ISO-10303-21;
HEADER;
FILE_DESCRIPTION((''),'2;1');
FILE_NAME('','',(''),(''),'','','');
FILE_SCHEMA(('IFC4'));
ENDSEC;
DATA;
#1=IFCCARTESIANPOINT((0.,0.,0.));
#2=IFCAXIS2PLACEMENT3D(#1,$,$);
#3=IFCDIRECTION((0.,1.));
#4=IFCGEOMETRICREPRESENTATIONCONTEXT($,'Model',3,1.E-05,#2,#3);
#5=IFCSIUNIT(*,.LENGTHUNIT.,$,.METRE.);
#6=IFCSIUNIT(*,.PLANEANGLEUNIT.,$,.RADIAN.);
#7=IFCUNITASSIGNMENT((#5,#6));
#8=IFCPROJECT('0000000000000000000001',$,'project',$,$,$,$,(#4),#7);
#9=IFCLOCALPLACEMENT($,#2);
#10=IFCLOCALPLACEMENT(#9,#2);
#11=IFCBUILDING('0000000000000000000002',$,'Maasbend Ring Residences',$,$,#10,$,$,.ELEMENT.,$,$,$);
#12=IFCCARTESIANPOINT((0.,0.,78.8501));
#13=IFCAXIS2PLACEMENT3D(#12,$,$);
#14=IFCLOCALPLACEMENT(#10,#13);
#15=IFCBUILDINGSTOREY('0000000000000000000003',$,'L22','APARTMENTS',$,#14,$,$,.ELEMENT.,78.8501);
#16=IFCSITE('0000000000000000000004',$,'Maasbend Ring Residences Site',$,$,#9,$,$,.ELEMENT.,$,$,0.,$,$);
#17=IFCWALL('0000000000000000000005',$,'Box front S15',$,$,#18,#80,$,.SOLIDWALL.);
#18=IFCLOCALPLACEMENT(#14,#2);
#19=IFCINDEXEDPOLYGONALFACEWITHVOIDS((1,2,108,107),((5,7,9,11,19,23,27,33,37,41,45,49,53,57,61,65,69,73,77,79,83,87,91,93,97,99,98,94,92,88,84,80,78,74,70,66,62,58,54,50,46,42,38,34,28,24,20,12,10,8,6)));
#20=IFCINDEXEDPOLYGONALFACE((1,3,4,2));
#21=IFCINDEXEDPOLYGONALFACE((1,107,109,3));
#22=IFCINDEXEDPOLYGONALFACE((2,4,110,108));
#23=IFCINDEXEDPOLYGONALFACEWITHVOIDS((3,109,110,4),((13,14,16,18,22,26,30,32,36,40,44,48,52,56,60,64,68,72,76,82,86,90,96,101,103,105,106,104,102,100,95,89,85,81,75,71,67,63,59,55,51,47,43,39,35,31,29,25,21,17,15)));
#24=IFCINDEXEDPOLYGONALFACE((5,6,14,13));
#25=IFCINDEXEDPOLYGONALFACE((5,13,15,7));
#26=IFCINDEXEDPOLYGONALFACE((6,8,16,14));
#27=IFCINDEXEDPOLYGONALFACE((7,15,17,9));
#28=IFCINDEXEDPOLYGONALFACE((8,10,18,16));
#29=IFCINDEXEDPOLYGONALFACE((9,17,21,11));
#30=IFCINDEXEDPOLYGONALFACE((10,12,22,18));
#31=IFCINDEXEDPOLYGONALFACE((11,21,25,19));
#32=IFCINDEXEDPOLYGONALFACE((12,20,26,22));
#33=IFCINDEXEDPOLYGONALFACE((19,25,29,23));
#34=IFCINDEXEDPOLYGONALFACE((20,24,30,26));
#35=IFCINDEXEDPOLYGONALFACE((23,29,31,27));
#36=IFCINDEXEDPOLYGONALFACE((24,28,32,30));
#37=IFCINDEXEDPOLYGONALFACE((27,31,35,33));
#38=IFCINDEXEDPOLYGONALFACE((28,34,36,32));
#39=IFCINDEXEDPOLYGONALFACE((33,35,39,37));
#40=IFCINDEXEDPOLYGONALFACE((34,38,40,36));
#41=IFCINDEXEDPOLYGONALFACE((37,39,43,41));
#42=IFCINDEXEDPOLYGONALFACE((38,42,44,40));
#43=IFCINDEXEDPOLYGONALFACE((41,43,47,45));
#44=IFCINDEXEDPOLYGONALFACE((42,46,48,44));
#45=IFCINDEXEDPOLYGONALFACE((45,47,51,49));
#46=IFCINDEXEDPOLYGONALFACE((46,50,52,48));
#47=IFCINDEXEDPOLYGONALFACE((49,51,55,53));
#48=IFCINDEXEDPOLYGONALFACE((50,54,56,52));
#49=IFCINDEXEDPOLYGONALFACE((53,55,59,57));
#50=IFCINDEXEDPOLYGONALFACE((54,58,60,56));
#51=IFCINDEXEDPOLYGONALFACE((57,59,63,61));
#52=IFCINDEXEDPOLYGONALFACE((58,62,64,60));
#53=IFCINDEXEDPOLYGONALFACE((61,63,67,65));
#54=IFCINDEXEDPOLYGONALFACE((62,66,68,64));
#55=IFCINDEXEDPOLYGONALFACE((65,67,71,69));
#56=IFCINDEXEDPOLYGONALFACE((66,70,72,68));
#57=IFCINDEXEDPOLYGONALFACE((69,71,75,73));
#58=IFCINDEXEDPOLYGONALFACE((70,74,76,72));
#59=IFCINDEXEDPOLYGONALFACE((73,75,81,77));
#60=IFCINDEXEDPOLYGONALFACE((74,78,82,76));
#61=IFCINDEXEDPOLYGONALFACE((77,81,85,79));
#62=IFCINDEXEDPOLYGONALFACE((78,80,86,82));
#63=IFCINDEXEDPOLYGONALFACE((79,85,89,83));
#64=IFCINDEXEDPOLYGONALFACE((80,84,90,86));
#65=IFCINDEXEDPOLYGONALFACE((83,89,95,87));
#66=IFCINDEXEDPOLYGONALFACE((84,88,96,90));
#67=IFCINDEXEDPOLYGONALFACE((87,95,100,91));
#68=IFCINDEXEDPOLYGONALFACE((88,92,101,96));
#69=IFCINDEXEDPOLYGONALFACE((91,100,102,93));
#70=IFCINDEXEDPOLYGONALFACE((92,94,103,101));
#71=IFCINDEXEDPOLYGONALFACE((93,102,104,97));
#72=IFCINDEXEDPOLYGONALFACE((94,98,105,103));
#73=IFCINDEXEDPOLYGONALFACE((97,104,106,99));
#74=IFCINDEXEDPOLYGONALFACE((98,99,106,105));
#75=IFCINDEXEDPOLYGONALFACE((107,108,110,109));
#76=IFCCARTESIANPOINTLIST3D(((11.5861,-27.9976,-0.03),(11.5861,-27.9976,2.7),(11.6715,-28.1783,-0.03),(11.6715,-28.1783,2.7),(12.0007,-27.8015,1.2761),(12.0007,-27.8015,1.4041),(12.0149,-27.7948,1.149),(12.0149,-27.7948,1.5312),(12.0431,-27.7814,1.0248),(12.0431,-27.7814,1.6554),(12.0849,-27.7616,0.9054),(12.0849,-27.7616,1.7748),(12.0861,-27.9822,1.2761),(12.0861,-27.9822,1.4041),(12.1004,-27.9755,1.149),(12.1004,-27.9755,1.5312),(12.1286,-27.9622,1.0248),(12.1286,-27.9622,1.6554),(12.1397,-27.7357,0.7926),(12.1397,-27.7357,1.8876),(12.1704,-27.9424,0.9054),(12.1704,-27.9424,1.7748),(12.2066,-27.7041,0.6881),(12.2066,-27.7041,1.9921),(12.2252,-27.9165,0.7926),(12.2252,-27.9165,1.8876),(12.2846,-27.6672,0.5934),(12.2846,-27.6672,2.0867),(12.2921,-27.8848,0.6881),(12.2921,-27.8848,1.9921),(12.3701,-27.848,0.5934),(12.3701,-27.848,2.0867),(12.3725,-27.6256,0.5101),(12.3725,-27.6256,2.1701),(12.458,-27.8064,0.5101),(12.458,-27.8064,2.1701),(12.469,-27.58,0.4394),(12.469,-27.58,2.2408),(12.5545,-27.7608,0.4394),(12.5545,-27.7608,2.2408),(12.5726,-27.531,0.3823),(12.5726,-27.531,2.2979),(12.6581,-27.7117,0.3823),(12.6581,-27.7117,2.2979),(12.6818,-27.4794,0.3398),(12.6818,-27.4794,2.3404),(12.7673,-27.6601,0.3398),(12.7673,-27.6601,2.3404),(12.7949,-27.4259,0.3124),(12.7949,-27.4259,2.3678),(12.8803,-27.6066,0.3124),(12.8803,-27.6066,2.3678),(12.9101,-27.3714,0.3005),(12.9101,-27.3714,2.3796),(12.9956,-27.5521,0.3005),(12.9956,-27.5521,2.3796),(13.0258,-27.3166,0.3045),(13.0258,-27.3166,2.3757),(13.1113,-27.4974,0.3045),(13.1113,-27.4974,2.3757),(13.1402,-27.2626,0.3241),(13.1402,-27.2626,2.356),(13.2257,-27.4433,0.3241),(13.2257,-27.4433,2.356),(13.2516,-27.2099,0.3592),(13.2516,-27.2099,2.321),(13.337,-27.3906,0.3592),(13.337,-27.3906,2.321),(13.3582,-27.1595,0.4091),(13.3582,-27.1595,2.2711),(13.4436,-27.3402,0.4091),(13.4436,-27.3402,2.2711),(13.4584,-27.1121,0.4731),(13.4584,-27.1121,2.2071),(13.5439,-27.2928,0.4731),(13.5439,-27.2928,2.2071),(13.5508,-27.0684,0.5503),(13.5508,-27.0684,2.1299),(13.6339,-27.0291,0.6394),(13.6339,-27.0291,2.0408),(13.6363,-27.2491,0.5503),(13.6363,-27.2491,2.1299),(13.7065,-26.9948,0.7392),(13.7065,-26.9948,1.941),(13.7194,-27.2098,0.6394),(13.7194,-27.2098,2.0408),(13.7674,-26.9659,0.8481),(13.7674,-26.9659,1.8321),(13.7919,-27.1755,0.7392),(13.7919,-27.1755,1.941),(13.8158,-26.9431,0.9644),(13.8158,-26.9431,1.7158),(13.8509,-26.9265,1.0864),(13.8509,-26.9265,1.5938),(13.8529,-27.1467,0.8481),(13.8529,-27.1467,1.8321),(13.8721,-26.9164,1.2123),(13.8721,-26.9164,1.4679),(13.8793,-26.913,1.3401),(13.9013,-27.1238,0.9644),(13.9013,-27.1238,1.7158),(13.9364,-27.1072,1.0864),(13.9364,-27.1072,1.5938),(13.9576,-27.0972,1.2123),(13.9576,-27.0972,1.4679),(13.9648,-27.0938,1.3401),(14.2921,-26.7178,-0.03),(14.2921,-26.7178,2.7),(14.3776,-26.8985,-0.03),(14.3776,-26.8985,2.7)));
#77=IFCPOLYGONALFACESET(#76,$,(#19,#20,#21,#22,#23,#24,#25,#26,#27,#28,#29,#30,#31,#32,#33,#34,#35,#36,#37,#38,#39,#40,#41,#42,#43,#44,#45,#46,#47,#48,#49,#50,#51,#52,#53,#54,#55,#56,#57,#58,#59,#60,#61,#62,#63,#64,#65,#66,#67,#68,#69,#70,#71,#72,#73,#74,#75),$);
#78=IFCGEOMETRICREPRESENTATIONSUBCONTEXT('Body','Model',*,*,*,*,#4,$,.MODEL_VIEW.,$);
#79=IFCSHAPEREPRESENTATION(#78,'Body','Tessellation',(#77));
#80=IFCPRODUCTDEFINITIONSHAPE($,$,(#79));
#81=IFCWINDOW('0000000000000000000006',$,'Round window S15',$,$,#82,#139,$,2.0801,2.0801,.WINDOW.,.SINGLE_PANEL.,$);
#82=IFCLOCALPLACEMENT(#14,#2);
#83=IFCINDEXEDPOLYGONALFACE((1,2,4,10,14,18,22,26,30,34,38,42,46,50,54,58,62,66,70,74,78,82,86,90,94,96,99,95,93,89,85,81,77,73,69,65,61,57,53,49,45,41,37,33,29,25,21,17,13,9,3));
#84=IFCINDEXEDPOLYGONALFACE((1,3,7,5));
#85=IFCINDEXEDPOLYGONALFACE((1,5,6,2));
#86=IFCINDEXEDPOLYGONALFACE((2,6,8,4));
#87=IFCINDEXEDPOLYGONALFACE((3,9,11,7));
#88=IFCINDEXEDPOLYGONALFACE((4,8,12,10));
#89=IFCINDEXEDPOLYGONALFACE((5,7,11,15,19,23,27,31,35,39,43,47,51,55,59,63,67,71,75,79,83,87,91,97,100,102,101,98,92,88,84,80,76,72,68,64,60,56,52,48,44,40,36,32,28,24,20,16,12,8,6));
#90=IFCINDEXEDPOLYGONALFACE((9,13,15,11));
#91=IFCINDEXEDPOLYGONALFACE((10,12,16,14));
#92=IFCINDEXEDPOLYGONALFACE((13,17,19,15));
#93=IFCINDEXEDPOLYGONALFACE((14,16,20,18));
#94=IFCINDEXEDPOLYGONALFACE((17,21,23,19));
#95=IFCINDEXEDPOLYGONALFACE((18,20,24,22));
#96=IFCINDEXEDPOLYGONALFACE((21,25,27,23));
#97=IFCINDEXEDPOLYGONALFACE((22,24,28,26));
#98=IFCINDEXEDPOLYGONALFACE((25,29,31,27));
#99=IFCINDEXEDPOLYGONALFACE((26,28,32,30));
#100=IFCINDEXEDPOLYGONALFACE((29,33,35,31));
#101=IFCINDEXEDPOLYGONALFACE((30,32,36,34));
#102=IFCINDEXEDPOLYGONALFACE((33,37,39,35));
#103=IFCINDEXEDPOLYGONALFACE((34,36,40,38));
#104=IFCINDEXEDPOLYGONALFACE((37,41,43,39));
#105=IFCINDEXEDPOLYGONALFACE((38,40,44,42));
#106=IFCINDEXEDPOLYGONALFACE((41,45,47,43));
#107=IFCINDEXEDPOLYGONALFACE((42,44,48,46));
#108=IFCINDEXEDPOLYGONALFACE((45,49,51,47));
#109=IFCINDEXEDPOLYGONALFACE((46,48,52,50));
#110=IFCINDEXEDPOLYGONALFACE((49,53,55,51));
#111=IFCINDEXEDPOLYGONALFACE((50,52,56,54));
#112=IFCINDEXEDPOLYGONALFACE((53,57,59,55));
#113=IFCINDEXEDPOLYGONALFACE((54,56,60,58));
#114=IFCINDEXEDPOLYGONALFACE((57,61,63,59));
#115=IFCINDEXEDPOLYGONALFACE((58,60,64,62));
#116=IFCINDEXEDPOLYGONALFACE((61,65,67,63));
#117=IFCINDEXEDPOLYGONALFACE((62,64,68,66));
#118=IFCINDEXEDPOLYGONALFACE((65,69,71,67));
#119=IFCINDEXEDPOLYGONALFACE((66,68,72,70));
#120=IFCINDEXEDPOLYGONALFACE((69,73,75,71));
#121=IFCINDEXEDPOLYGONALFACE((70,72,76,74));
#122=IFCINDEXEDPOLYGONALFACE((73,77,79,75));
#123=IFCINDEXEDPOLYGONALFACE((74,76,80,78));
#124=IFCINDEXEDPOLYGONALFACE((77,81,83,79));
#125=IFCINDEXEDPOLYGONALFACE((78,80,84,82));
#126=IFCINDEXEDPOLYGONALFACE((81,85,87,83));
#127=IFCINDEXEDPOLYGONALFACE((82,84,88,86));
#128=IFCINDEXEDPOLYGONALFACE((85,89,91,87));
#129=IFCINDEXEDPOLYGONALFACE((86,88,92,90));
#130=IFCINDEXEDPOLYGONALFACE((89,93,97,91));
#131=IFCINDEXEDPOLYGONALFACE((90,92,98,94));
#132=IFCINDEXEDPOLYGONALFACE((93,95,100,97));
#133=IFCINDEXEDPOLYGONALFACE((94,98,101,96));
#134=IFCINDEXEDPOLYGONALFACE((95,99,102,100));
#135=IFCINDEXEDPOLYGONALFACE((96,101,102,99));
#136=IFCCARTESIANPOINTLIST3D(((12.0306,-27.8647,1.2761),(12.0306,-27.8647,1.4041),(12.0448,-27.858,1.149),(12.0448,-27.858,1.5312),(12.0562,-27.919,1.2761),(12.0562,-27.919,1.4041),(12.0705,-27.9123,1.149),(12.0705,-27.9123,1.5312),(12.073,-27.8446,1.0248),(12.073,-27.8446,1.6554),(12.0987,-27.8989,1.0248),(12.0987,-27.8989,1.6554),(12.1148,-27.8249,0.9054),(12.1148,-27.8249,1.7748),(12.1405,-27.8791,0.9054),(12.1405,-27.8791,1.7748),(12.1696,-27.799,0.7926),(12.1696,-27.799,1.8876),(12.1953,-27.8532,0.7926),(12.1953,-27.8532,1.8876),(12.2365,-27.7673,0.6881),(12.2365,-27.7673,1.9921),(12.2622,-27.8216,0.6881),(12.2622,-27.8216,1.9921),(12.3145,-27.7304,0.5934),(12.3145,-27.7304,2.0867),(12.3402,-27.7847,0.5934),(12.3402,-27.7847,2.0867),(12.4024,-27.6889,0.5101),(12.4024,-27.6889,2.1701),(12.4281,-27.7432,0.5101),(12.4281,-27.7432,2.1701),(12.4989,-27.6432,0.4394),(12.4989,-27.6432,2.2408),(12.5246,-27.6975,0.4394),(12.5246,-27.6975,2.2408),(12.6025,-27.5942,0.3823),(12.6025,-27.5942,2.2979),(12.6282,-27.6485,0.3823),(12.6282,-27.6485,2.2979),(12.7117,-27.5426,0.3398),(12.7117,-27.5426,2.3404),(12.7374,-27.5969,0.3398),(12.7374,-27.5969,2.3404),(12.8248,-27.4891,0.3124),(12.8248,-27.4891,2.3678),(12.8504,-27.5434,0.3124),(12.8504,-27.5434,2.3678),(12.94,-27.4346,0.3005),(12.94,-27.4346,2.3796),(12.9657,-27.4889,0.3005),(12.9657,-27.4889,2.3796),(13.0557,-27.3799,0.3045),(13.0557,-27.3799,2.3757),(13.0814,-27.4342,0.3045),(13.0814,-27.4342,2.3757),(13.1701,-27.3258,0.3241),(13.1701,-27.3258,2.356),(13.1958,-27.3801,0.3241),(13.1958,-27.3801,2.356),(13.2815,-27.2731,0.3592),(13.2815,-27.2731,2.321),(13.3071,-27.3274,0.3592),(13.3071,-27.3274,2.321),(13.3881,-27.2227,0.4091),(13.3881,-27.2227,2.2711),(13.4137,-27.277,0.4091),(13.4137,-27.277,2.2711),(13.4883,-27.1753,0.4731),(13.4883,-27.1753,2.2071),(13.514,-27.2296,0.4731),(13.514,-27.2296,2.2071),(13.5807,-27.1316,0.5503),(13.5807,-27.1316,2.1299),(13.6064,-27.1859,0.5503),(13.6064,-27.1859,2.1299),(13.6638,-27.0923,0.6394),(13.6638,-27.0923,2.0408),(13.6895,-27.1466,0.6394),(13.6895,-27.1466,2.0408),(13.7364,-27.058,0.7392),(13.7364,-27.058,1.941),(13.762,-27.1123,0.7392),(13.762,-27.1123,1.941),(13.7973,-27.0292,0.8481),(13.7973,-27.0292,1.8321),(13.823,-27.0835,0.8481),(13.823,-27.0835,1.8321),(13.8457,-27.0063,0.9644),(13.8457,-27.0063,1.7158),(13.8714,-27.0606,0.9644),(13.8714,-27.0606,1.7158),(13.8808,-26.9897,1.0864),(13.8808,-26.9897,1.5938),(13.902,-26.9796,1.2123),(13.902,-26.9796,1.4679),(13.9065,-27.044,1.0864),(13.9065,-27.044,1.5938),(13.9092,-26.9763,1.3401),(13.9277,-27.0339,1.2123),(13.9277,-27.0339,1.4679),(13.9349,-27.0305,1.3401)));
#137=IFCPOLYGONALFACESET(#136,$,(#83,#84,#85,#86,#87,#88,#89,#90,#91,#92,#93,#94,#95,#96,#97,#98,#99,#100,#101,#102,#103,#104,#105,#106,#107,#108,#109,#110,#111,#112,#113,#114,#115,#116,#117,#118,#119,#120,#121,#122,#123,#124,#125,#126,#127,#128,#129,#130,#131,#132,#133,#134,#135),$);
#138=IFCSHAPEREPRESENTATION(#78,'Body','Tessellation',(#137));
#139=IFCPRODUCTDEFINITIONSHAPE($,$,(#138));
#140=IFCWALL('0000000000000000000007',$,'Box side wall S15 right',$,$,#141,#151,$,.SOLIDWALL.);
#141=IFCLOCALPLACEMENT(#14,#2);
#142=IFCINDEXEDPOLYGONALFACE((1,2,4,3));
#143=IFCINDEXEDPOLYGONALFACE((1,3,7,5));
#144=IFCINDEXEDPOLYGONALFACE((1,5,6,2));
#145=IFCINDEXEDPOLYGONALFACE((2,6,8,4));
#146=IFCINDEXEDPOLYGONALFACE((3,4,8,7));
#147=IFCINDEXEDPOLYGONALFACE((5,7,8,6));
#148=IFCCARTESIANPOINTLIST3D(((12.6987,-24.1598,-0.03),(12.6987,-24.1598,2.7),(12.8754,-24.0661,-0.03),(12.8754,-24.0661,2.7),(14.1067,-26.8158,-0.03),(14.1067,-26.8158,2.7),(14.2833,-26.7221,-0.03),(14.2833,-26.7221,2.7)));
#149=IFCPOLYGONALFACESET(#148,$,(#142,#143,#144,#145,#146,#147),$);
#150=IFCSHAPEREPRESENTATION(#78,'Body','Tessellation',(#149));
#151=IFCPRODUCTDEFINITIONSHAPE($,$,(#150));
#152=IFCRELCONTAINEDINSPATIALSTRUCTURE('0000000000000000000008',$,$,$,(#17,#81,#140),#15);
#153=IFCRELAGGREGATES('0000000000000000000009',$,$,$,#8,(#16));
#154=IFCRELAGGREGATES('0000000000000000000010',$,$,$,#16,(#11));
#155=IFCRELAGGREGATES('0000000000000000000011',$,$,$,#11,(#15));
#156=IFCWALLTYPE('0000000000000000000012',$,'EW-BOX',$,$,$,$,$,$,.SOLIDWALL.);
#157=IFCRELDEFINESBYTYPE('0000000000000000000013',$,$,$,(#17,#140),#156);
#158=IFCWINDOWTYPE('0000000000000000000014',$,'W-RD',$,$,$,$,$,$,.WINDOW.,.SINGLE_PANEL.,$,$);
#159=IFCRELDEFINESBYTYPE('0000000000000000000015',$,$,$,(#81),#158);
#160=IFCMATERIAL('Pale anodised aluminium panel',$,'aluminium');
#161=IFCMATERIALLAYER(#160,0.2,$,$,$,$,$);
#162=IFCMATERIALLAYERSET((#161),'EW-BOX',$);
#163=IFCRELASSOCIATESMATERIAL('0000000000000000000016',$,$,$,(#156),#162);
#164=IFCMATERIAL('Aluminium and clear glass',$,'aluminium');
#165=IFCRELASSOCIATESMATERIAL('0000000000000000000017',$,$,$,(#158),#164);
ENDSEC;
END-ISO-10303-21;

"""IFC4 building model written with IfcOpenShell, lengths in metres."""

from ifc_helpers import new_model, si_unit, direction, frame, frame_2d, origin, place, context, subcontext, project, spatial, rectangle, circle, extrude, material, layer, layer_set, type_object, element, fill, save


model = new_model("IFC4")

# Units and contexts
model_context = context("Model", 3, precision=1e-05, world=origin(), true_north=direction((0.0, 1.0)))
body_context = subcontext(model_context, "Body", "Model", "MODEL_VIEW")
ifc_project = project(units=[si_unit("LENGTHUNIT", "METRE"), si_unit("PLANEANGLEUNIT", "RADIAN")], contexts=[model_context])

# Site, building, storey
site_placement = place(None, origin())
site = spatial("IfcSite", under=ifc_project, at=site_placement, Name="Maasbend Ring Residences Site", CompositionType="ELEMENT", RefElevation=0.0)
building_placement = place(site_placement, origin())
building = spatial("IfcBuilding", under=site, at=building_placement, Name="Maasbend Ring Residences", CompositionType="ELEMENT")
storey_placement = place(building_placement, frame((0.0, 0.0, 78.8501)))
storey = spatial("IfcBuildingStorey", under=building, at=storey_placement, Name="L22", Description="APARTMENTS", CompositionType="ELEMENT", Elevation=78.8501)

# Wall, opening, window
ifc_material_1 = material(Name="Pale anodised aluminium panel", Category="aluminium")
ifc_layer_1 = layer(ifc_material_1, 0.2)
ifc_layer_set_1 = layer_set([ifc_layer_1], Name="EW-BOX")
wall_type_1 = type_object("IfcWallType", Name="EW-BOX", PredefinedType="SOLIDWALL", material=ifc_layer_set_1)
wall_1_placement = place(storey_placement, frame((11.6289, -28.0879, -0.03), z_axis=(0.0, 0.0, 1.0), x_axis=(0.904, 0.427532, 0.0)))
wall_1 = element("IfcWall", 1, at=wall_1_placement, inside=storey, type_object=wall_type_1, Name="Box front S15", PredefinedType="SOLIDWALL", context=body_context, shape_type="SweptSolid", body=[
    extrude(rectangle(XDim=2.9934, YDim=0.2, at=frame_2d((1.4966, 0.0))), origin(), (0.0, 0.0, 1.0), 2.73),
])
opening_1_placement = place(wall_1_placement, frame((0.4565, 0.0, 0.3301)))
opening_1 = element("IfcOpeningElement", 2, at=opening_1_placement, cuts=wall_1, PredefinedType="OPENING", context=body_context, shape_type="SweptSolid", body=[
    extrude(circle(Radius=1.04, at=frame_2d((1.04, 1.04))), frame((0.0, 0.1099, 0.0), z_axis=(0.0, -1.0, 0.0), x_axis=(1.0, 0.0, 0.0)), (0.0, 0.0, 1.0), 0.22),
])
ifc_material_2 = material(Name="Aluminium and clear glass", Category="aluminium")
window_type_1 = type_object("IfcWindowType", Name="W-RD", PartitioningType="SINGLE_PANEL", PredefinedType="WINDOW", material=ifc_material_2)
window_1_placement = place(opening_1_placement, origin())
window_1 = element("IfcWindow", 3, at=window_1_placement, inside=storey, type_object=window_type_1, Name="Round window S15", OverallHeight=2.0801, OverallWidth=2.0801, PartitioningType="SINGLE_PANEL", PredefinedType="WINDOW", context=body_context, shape_type="SweptSolid", body=[
    extrude(circle(Radius=1.04, at=frame_2d((1.04, 1.04))), frame((0.0, 0.03, 0.0), z_axis=(0.0, -1.0, 0.0), x_axis=(1.0, 0.0, 0.0)), (0.0, 0.0, 1.0), 0.0601),
])
fill(opening_1, window_1)

# Wall
wall_2_placement = place(storey_placement, frame((12.7871, -24.113, -0.03), z_axis=(0.0, 0.0, 1.0), x_axis=(0.468365, -0.883535, 0.0)))
element("IfcWall", 4, at=wall_2_placement, inside=storey, type_object=wall_type_1, Name="Box side wall S15 right", PredefinedType="SOLIDWALL", context=body_context, shape_type="SweptSolid", body=[
    extrude(rectangle(XDim=3.0061, YDim=0.2, at=frame_2d((1.5029, 0.0))), origin(), (0.0, 0.0, 1.0), 2.73),
])

save(model, "model.ifc")
